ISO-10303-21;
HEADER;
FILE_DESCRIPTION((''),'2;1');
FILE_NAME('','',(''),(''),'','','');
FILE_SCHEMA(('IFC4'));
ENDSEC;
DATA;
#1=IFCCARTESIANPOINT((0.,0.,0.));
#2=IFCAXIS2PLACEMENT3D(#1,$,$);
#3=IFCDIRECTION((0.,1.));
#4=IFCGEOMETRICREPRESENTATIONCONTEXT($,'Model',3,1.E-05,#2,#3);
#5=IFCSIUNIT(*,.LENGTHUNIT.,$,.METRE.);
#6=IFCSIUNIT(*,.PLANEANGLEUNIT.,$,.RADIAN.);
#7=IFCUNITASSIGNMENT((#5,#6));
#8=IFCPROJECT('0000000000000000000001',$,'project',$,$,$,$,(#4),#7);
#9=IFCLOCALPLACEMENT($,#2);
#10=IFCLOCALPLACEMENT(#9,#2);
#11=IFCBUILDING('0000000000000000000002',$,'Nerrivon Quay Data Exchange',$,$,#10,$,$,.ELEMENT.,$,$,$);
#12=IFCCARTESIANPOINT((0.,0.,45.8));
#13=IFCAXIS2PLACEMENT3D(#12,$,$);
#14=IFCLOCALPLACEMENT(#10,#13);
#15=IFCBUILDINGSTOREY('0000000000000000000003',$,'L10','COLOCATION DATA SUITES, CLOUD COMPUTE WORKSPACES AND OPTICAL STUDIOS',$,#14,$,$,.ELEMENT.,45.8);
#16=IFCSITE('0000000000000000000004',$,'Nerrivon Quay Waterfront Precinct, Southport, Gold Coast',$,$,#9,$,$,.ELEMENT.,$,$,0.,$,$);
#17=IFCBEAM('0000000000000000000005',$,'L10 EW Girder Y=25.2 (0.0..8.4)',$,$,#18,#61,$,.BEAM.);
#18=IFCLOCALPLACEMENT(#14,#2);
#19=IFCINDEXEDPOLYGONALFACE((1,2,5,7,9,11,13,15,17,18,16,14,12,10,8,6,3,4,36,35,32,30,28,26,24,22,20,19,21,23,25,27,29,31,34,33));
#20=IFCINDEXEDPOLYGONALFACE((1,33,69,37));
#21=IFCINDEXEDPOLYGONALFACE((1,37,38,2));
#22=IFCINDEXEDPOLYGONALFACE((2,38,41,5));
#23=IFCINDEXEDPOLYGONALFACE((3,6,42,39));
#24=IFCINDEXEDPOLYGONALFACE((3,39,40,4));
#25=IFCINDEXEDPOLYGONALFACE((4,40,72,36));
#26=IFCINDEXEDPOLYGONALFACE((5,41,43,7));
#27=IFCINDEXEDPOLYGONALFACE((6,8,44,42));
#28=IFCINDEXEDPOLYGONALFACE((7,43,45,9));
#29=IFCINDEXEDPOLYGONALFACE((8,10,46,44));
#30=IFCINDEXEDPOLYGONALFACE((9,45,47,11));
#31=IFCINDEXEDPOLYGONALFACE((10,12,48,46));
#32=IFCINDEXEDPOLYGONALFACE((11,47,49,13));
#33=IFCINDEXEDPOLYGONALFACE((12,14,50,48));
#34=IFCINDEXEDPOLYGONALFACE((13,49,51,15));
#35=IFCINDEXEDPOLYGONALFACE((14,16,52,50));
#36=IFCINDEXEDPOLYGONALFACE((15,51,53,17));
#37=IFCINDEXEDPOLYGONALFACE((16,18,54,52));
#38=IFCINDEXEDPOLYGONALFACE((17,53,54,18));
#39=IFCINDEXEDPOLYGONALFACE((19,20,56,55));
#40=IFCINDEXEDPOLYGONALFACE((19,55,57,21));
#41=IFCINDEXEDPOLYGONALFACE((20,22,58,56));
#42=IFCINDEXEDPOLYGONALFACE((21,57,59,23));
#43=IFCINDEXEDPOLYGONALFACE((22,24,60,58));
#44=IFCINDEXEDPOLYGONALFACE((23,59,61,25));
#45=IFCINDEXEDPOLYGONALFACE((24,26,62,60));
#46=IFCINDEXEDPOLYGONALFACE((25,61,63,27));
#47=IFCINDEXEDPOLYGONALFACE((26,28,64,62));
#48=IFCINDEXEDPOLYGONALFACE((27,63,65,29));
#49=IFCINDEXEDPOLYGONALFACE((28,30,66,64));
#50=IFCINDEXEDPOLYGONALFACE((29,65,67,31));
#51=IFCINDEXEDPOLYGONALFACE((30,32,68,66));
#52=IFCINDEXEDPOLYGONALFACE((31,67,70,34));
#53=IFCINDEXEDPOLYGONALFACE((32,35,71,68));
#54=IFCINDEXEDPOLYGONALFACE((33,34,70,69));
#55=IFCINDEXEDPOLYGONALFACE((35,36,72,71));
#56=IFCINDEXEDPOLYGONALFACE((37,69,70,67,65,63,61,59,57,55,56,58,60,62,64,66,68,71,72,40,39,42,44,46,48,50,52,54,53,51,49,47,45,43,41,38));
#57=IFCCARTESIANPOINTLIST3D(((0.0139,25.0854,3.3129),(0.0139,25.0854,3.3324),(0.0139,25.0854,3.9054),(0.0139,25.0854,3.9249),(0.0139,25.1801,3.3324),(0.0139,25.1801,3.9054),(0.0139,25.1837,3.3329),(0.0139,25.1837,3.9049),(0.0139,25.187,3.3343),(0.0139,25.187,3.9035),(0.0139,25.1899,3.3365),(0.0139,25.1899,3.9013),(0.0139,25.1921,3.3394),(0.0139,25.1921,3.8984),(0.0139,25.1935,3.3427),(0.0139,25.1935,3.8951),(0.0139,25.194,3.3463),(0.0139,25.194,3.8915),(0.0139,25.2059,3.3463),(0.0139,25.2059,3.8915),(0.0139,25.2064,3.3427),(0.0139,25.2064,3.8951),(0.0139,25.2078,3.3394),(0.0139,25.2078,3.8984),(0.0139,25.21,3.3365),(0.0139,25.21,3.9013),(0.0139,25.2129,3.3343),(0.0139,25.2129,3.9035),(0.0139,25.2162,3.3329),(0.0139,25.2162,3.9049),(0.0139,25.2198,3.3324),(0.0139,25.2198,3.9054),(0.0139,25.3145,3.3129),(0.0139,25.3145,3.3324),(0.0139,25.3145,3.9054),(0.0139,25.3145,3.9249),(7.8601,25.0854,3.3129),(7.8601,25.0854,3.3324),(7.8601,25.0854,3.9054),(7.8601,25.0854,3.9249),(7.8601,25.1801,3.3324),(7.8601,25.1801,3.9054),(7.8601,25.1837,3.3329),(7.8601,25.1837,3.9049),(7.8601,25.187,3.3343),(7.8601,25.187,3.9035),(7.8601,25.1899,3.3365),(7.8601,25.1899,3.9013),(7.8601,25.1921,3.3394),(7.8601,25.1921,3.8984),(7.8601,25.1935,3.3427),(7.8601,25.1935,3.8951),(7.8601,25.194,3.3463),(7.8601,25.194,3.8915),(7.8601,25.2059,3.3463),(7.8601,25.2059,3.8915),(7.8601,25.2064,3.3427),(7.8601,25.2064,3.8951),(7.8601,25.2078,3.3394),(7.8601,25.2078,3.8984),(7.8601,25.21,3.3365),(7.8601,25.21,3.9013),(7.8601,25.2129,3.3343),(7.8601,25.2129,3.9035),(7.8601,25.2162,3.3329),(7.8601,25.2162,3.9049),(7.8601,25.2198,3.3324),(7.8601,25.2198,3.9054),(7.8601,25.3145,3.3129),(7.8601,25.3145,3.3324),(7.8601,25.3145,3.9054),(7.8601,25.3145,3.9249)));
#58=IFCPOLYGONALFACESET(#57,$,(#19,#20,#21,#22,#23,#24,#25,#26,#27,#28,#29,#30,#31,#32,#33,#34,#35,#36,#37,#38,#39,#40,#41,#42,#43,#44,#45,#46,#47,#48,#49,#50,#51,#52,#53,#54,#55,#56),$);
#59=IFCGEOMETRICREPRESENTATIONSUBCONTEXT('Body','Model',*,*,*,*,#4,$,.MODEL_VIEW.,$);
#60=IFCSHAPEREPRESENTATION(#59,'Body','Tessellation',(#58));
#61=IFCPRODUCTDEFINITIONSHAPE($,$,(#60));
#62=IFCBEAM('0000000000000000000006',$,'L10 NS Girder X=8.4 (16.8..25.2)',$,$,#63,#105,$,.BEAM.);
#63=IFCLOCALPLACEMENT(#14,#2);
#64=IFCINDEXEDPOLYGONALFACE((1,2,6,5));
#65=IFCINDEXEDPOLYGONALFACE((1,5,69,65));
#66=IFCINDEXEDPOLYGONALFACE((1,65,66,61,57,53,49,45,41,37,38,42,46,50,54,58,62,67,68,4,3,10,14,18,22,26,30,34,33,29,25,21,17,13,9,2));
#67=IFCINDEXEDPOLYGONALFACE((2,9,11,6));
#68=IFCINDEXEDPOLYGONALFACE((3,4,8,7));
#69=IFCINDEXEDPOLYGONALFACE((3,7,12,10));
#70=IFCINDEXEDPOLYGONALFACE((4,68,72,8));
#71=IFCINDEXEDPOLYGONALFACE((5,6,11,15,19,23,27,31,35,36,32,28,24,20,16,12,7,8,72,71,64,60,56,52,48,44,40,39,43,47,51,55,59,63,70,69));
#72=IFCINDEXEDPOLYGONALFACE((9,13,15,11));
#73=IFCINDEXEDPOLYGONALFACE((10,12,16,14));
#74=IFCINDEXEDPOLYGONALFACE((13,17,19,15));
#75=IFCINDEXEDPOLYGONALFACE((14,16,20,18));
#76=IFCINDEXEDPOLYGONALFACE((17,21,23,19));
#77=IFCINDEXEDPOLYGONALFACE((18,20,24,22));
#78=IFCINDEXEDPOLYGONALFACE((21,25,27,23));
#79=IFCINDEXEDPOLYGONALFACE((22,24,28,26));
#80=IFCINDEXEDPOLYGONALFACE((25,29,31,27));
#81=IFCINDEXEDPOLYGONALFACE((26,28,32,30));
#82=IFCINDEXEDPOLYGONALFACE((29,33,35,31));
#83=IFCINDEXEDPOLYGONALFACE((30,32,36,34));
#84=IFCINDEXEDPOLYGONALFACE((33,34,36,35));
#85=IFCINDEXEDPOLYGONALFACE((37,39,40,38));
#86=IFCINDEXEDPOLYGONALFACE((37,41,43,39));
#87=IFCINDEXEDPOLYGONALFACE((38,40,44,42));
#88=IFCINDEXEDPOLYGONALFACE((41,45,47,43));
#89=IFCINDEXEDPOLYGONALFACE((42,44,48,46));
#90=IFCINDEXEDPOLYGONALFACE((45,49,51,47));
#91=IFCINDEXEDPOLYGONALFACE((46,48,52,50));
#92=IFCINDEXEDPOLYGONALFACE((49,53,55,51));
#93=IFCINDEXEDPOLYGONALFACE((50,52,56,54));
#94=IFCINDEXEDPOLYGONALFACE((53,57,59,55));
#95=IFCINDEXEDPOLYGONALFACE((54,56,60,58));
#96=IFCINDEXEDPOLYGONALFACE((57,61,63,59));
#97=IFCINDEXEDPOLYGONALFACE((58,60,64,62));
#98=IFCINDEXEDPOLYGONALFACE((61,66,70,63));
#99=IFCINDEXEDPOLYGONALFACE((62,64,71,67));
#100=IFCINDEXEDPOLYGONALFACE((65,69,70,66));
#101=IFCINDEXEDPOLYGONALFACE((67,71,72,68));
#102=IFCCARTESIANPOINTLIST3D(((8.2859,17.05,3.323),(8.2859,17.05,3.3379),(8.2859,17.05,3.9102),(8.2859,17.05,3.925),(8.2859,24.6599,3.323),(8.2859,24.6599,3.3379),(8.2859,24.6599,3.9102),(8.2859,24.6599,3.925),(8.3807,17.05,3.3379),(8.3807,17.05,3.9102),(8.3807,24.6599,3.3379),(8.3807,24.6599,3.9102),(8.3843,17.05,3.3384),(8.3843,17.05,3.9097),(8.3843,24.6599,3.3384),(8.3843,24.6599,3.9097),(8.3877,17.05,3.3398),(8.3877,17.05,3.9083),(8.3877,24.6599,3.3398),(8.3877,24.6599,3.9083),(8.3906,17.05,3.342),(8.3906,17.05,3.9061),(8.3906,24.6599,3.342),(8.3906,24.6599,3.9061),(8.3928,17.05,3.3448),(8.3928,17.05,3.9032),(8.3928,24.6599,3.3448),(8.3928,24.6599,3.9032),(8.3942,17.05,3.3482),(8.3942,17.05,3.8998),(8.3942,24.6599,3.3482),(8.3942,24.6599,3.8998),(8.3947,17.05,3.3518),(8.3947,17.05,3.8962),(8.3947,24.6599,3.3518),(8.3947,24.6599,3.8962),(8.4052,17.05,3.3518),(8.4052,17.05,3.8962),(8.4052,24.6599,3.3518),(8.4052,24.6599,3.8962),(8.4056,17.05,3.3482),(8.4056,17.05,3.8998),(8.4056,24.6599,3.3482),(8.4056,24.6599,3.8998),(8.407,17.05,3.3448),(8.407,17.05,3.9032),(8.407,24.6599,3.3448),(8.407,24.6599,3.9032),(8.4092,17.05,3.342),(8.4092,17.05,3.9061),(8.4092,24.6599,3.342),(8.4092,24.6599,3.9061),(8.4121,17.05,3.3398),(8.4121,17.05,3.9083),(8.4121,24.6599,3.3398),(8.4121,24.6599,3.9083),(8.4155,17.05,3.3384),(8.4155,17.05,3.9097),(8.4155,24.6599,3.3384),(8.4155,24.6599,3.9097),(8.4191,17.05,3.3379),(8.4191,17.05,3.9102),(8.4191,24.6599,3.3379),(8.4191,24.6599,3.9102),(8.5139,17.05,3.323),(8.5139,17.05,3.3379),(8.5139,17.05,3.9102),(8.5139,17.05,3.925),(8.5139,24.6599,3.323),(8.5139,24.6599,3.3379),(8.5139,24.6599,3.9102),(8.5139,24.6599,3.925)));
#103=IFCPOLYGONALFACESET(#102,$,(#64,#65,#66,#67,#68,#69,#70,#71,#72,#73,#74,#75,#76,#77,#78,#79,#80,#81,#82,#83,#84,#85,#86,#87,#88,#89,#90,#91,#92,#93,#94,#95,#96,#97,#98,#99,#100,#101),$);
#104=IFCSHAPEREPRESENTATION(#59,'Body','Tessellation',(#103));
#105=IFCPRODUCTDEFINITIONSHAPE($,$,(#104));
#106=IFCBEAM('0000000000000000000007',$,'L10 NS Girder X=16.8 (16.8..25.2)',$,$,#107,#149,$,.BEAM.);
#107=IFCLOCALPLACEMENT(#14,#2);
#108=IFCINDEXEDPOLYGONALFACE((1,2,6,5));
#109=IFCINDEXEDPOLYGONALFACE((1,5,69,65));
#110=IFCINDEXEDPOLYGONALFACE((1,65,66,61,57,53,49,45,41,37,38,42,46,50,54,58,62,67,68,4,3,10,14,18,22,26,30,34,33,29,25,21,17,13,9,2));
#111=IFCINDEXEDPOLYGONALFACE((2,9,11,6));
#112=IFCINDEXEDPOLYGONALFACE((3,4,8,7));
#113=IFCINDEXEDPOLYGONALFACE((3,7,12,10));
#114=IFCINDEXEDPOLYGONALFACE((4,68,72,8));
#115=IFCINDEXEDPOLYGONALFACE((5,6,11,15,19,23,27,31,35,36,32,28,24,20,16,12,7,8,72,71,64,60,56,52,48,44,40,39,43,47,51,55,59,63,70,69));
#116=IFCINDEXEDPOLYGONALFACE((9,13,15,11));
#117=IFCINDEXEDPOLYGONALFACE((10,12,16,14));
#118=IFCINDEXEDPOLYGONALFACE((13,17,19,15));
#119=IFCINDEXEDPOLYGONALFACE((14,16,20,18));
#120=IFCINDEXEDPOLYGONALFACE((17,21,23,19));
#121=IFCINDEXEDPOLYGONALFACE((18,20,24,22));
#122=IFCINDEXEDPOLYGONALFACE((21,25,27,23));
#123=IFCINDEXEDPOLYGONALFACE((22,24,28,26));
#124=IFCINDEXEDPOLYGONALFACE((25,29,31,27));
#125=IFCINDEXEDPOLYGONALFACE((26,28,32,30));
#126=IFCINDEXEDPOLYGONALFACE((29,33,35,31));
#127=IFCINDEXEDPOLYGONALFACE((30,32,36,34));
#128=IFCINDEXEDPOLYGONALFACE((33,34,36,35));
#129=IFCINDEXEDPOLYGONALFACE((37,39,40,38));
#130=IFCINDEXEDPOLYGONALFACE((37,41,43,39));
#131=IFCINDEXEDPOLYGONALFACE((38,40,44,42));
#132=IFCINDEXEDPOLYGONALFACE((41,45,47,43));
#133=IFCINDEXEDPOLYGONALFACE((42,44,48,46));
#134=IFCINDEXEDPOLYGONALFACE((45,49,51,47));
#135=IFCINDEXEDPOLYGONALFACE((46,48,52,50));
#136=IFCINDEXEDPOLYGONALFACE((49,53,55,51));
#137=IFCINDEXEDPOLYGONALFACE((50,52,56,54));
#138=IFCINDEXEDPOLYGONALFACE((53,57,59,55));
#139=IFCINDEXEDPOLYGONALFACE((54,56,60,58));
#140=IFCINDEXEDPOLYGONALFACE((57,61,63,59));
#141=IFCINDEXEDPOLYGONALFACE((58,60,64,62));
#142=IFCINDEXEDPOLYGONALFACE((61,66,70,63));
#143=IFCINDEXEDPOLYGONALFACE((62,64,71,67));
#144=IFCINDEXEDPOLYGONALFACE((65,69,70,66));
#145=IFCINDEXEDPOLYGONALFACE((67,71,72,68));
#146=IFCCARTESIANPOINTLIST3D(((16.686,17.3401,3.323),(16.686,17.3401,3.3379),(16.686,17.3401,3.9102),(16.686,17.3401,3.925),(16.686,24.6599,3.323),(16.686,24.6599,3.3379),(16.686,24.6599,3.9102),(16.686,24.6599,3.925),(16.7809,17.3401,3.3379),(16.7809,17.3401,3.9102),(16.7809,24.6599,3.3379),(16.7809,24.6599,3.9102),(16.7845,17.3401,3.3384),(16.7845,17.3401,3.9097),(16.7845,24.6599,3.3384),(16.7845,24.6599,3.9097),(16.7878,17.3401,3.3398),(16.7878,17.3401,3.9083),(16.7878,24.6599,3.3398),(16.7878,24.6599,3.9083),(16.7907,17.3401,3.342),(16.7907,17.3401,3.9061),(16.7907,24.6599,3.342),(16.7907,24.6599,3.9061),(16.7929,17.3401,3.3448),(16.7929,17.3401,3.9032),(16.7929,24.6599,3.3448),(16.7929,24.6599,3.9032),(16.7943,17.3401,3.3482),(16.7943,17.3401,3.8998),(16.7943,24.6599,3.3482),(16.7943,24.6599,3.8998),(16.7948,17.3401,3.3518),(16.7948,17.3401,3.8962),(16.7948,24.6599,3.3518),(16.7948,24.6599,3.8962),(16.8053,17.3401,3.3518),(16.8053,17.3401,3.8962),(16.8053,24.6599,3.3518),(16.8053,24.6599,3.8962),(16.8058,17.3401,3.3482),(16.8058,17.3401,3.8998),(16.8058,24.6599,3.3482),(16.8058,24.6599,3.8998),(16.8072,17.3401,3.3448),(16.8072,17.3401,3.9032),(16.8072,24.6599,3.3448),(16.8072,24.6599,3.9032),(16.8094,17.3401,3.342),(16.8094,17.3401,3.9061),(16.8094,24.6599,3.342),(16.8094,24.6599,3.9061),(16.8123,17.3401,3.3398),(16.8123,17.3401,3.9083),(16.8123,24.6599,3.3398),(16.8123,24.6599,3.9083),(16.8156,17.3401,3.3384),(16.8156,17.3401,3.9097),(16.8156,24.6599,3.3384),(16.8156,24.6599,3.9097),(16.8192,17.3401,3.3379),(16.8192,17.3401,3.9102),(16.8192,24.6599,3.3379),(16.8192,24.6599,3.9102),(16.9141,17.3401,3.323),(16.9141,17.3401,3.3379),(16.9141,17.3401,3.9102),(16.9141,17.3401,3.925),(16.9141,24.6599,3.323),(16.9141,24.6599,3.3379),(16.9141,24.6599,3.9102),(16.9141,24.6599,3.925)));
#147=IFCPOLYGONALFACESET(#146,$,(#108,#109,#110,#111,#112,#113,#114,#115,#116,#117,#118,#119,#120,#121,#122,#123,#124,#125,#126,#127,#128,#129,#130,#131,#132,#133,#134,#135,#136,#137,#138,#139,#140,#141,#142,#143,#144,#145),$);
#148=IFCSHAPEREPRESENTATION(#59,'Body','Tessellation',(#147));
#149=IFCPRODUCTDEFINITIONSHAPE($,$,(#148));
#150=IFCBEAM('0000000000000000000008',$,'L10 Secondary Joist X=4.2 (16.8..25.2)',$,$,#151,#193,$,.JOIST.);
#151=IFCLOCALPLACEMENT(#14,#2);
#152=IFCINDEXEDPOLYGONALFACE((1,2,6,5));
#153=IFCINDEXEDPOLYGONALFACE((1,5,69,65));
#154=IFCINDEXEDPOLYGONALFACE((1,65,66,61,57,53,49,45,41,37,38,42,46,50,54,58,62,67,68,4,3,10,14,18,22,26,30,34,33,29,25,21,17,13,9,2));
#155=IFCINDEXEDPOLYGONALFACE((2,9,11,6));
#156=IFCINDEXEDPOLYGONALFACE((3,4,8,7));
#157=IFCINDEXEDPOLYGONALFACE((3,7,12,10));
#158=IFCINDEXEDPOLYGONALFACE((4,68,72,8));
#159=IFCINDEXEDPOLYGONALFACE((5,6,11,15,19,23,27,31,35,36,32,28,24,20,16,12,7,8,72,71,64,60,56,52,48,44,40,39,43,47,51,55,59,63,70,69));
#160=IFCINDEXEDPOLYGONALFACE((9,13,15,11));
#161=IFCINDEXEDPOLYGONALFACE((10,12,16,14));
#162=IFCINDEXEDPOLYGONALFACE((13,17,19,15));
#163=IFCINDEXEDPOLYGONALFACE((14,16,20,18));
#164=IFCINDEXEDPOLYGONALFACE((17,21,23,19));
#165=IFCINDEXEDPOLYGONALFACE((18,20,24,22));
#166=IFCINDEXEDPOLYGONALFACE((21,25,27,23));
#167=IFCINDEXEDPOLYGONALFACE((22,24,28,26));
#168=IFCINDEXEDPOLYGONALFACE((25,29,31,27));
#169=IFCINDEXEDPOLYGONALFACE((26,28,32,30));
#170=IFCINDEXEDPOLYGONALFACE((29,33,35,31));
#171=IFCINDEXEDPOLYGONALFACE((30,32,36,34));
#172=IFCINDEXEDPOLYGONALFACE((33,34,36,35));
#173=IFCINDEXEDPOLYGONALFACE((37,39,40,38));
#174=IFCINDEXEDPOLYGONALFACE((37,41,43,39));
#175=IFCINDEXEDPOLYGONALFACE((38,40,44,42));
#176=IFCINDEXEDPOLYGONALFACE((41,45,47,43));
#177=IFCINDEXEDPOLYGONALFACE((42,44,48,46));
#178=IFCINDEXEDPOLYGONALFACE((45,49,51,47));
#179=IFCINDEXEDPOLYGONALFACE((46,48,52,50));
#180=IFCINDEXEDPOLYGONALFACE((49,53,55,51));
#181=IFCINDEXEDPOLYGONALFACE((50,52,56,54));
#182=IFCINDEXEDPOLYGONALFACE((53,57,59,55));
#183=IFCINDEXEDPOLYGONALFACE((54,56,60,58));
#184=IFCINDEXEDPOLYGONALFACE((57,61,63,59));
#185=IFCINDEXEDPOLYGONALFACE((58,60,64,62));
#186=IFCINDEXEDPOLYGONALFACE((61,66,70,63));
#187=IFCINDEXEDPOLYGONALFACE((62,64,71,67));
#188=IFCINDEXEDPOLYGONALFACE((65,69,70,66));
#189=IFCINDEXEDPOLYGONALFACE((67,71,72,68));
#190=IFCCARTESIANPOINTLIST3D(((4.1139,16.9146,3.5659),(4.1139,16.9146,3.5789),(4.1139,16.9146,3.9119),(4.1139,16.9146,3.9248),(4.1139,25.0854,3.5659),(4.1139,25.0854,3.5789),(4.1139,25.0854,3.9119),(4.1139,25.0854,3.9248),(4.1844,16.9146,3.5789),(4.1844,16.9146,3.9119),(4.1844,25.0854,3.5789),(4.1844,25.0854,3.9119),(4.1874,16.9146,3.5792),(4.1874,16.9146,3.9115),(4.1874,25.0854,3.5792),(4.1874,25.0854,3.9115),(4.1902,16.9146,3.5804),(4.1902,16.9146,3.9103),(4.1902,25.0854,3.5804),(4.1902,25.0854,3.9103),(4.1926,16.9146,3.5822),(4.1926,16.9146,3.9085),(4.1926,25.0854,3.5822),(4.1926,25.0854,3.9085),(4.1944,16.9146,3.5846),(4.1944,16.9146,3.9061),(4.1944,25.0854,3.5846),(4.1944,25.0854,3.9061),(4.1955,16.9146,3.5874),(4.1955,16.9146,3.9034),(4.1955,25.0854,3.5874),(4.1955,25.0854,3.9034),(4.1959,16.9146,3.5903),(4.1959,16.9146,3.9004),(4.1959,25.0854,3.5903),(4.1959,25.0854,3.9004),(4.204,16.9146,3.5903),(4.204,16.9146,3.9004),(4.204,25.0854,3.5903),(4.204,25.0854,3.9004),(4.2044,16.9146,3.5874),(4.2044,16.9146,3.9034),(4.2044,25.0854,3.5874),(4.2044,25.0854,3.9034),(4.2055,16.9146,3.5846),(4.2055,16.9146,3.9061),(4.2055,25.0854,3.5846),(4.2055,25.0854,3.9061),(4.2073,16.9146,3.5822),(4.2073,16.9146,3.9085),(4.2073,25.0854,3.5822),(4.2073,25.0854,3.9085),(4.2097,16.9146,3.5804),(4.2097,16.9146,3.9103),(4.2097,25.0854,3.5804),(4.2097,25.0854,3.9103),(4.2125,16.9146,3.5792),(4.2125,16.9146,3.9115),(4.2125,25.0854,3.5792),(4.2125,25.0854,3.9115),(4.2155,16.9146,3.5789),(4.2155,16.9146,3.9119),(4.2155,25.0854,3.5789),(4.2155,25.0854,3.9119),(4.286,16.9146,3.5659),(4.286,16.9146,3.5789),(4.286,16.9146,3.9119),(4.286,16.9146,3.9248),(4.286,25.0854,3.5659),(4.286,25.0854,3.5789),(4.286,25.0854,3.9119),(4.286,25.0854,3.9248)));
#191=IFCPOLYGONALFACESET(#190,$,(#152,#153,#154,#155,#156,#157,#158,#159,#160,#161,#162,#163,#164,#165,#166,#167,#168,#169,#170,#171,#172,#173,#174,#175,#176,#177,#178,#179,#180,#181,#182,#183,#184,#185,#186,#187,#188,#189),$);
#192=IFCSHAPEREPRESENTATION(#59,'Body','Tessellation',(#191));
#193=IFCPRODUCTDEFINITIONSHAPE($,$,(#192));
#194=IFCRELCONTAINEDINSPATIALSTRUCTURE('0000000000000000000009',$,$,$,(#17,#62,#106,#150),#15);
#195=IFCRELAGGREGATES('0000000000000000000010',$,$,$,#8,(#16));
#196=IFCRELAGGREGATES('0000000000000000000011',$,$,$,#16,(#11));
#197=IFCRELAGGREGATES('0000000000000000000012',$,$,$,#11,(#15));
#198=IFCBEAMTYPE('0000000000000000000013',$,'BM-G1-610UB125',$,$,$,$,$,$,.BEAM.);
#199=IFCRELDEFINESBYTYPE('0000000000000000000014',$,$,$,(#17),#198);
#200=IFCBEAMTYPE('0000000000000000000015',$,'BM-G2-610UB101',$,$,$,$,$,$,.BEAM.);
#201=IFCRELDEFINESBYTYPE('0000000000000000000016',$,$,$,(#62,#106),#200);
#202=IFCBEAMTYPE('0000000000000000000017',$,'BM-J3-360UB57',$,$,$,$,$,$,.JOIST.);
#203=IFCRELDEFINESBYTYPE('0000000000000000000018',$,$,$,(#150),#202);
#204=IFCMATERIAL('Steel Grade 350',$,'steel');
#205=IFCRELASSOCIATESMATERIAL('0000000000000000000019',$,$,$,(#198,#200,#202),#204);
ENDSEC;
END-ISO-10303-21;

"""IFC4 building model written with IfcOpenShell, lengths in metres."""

from ifc_helpers import new_model, si_unit, direction, frame, origin, origin_2d, place, context, subcontext, project, spatial, i_section, extrude, material, material_profile, profile_set, type_object, element, save


model = new_model("IFC4")

# Units and contexts
model_context = context("Model", 3, precision=1e-05, world=origin(), true_north=direction((0.0, 1.0)))
body_context = subcontext(model_context, "Body", "Model", "MODEL_VIEW")
ifc_project = project(units=[si_unit("LENGTHUNIT", "METRE"), si_unit("PLANEANGLEUNIT", "RADIAN")], contexts=[model_context])

# Site, building, storey
site_placement = place(None, origin())
site = spatial("IfcSite", under=ifc_project, at=site_placement, Name="Nerrivon Quay Waterfront Precinct, Southport, Gold Coast", CompositionType="ELEMENT", RefElevation=0.0)
building_placement = place(site_placement, origin())
building = spatial("IfcBuilding", under=site, at=building_placement, Name="Nerrivon Quay Data Exchange", CompositionType="ELEMENT")
storey_placement = place(building_placement, frame((0.0, 0.0, 45.8)))
storey = spatial("IfcBuildingStorey", under=building, at=storey_placement, Name="L10", Description="COLOCATION DATA SUITES, CLOUD COMPUTE WORKSPACES AND OPTICAL STUDIOS", CompositionType="ELEMENT", Elevation=45.8)

# Shared definitions
ifc_material_1 = material(Name="Steel Grade 350", Category="steel")

# Beams
ifc_material_profile_1 = material_profile(ifc_material_1, i_section(OverallWidth=0.229, OverallDepth=0.6121, WebThickness=0.012, FlangeThickness=0.0195, FilletRadius=0.0139, at=origin_2d()), Name="610UB125")
ifc_profile_set_1 = profile_set([ifc_material_profile_1], Name="Steel Grade 350")
beam_type_1 = type_object("IfcBeamType", Name="BM-G1-610UB125", PredefinedType="BEAM", material=ifc_profile_set_1)
beam_1_placement = place(storey_placement, frame((0.0139, 25.2, 3.6189), z_axis=(1.0, 0.0, 0.0), x_axis=(0.0, 1.0, 0.0)))
element("IfcBeam", 1, at=beam_1_placement, inside=storey, type_object=beam_type_1, Name="L10 EW Girder Y=25.2 (0.0..8.4)", PredefinedType="BEAM", context=body_context, shape_type="SweptSolid", body=[
    extrude(i_section(OverallWidth=0.229, OverallDepth=0.6121, WebThickness=0.012, FlangeThickness=0.0195, FilletRadius=0.0139, at=origin_2d()), origin(), (0.0, 0.0, 1.0), 7.8462),
])
ifc_material_profile_2 = material_profile(ifc_material_1, i_section(OverallWidth=0.228, OverallDepth=0.6021, WebThickness=0.0105, FlangeThickness=0.0149, FilletRadius=0.0139, at=origin_2d()), Name="610UB101")
ifc_profile_set_2 = profile_set([ifc_material_profile_2], Name="Steel Grade 350")
beam_type_2 = type_object("IfcBeamType", Name="BM-G2-610UB101", PredefinedType="BEAM", material=ifc_profile_set_2)
beam_2_placement = place(storey_placement, frame((8.3999, 17.05, 3.624), z_axis=(0.0, 1.0, 0.0), x_axis=(-1.0, 0.0, 0.0)))
element("IfcBeam", 2, at=beam_2_placement, inside=storey, type_object=beam_type_2, Name="L10 NS Girder X=8.4 (16.8..25.2)", PredefinedType="BEAM", context=body_context, shape_type="SweptSolid", body=[
    extrude(i_section(OverallWidth=0.228, OverallDepth=0.6021, WebThickness=0.0105, FlangeThickness=0.0149, FilletRadius=0.0139, at=origin_2d()), origin(), (0.0, 0.0, 1.0), 7.6099),
])
beam_3_placement = place(storey_placement, frame((16.8, 17.3401, 3.624), z_axis=(0.0, 1.0, 0.0), x_axis=(-1.0, 0.0, 0.0)))
element("IfcBeam", 3, at=beam_3_placement, inside=storey, type_object=beam_type_2, Name="L10 NS Girder X=16.8 (16.8..25.2)", PredefinedType="BEAM", context=body_context, shape_type="SweptSolid", body=[
    extrude(i_section(OverallWidth=0.228, OverallDepth=0.6021, WebThickness=0.0105, FlangeThickness=0.0149, FilletRadius=0.0139, at=origin_2d()), origin(), (0.0, 0.0, 1.0), 7.3198),
])
ifc_material_profile_3 = material_profile(ifc_material_1, i_section(OverallWidth=0.1721, OverallDepth=0.3589, WebThickness=0.0081, FlangeThickness=0.0129, FilletRadius=0.0115, at=origin_2d()), Name="360UB56.7")
ifc_profile_set_3 = profile_set([ifc_material_profile_3], Name="Steel Grade 350")
beam_type_3 = type_object("IfcBeamType", Name="BM-J3-360UB57", PredefinedType="JOIST", material=ifc_profile_set_3)
beam_4_placement = place(storey_placement, frame((4.2, 16.9146, 3.7454), z_axis=(0.0, 1.0, 0.0), x_axis=(-1.0, 0.0, 0.0)))
element("IfcBeam", 4, at=beam_4_placement, inside=storey, type_object=beam_type_3, Name="L10 Secondary Joist X=4.2 (16.8..25.2)", PredefinedType="JOIST", context=body_context, shape_type="SweptSolid", body=[
    extrude(i_section(OverallWidth=0.1721, OverallDepth=0.3589, WebThickness=0.0081, FlangeThickness=0.0129, FilletRadius=0.0115, at=origin_2d()), origin(), (0.0, 0.0, 1.0), 8.1709),
])

save(model, "model.ifc")
